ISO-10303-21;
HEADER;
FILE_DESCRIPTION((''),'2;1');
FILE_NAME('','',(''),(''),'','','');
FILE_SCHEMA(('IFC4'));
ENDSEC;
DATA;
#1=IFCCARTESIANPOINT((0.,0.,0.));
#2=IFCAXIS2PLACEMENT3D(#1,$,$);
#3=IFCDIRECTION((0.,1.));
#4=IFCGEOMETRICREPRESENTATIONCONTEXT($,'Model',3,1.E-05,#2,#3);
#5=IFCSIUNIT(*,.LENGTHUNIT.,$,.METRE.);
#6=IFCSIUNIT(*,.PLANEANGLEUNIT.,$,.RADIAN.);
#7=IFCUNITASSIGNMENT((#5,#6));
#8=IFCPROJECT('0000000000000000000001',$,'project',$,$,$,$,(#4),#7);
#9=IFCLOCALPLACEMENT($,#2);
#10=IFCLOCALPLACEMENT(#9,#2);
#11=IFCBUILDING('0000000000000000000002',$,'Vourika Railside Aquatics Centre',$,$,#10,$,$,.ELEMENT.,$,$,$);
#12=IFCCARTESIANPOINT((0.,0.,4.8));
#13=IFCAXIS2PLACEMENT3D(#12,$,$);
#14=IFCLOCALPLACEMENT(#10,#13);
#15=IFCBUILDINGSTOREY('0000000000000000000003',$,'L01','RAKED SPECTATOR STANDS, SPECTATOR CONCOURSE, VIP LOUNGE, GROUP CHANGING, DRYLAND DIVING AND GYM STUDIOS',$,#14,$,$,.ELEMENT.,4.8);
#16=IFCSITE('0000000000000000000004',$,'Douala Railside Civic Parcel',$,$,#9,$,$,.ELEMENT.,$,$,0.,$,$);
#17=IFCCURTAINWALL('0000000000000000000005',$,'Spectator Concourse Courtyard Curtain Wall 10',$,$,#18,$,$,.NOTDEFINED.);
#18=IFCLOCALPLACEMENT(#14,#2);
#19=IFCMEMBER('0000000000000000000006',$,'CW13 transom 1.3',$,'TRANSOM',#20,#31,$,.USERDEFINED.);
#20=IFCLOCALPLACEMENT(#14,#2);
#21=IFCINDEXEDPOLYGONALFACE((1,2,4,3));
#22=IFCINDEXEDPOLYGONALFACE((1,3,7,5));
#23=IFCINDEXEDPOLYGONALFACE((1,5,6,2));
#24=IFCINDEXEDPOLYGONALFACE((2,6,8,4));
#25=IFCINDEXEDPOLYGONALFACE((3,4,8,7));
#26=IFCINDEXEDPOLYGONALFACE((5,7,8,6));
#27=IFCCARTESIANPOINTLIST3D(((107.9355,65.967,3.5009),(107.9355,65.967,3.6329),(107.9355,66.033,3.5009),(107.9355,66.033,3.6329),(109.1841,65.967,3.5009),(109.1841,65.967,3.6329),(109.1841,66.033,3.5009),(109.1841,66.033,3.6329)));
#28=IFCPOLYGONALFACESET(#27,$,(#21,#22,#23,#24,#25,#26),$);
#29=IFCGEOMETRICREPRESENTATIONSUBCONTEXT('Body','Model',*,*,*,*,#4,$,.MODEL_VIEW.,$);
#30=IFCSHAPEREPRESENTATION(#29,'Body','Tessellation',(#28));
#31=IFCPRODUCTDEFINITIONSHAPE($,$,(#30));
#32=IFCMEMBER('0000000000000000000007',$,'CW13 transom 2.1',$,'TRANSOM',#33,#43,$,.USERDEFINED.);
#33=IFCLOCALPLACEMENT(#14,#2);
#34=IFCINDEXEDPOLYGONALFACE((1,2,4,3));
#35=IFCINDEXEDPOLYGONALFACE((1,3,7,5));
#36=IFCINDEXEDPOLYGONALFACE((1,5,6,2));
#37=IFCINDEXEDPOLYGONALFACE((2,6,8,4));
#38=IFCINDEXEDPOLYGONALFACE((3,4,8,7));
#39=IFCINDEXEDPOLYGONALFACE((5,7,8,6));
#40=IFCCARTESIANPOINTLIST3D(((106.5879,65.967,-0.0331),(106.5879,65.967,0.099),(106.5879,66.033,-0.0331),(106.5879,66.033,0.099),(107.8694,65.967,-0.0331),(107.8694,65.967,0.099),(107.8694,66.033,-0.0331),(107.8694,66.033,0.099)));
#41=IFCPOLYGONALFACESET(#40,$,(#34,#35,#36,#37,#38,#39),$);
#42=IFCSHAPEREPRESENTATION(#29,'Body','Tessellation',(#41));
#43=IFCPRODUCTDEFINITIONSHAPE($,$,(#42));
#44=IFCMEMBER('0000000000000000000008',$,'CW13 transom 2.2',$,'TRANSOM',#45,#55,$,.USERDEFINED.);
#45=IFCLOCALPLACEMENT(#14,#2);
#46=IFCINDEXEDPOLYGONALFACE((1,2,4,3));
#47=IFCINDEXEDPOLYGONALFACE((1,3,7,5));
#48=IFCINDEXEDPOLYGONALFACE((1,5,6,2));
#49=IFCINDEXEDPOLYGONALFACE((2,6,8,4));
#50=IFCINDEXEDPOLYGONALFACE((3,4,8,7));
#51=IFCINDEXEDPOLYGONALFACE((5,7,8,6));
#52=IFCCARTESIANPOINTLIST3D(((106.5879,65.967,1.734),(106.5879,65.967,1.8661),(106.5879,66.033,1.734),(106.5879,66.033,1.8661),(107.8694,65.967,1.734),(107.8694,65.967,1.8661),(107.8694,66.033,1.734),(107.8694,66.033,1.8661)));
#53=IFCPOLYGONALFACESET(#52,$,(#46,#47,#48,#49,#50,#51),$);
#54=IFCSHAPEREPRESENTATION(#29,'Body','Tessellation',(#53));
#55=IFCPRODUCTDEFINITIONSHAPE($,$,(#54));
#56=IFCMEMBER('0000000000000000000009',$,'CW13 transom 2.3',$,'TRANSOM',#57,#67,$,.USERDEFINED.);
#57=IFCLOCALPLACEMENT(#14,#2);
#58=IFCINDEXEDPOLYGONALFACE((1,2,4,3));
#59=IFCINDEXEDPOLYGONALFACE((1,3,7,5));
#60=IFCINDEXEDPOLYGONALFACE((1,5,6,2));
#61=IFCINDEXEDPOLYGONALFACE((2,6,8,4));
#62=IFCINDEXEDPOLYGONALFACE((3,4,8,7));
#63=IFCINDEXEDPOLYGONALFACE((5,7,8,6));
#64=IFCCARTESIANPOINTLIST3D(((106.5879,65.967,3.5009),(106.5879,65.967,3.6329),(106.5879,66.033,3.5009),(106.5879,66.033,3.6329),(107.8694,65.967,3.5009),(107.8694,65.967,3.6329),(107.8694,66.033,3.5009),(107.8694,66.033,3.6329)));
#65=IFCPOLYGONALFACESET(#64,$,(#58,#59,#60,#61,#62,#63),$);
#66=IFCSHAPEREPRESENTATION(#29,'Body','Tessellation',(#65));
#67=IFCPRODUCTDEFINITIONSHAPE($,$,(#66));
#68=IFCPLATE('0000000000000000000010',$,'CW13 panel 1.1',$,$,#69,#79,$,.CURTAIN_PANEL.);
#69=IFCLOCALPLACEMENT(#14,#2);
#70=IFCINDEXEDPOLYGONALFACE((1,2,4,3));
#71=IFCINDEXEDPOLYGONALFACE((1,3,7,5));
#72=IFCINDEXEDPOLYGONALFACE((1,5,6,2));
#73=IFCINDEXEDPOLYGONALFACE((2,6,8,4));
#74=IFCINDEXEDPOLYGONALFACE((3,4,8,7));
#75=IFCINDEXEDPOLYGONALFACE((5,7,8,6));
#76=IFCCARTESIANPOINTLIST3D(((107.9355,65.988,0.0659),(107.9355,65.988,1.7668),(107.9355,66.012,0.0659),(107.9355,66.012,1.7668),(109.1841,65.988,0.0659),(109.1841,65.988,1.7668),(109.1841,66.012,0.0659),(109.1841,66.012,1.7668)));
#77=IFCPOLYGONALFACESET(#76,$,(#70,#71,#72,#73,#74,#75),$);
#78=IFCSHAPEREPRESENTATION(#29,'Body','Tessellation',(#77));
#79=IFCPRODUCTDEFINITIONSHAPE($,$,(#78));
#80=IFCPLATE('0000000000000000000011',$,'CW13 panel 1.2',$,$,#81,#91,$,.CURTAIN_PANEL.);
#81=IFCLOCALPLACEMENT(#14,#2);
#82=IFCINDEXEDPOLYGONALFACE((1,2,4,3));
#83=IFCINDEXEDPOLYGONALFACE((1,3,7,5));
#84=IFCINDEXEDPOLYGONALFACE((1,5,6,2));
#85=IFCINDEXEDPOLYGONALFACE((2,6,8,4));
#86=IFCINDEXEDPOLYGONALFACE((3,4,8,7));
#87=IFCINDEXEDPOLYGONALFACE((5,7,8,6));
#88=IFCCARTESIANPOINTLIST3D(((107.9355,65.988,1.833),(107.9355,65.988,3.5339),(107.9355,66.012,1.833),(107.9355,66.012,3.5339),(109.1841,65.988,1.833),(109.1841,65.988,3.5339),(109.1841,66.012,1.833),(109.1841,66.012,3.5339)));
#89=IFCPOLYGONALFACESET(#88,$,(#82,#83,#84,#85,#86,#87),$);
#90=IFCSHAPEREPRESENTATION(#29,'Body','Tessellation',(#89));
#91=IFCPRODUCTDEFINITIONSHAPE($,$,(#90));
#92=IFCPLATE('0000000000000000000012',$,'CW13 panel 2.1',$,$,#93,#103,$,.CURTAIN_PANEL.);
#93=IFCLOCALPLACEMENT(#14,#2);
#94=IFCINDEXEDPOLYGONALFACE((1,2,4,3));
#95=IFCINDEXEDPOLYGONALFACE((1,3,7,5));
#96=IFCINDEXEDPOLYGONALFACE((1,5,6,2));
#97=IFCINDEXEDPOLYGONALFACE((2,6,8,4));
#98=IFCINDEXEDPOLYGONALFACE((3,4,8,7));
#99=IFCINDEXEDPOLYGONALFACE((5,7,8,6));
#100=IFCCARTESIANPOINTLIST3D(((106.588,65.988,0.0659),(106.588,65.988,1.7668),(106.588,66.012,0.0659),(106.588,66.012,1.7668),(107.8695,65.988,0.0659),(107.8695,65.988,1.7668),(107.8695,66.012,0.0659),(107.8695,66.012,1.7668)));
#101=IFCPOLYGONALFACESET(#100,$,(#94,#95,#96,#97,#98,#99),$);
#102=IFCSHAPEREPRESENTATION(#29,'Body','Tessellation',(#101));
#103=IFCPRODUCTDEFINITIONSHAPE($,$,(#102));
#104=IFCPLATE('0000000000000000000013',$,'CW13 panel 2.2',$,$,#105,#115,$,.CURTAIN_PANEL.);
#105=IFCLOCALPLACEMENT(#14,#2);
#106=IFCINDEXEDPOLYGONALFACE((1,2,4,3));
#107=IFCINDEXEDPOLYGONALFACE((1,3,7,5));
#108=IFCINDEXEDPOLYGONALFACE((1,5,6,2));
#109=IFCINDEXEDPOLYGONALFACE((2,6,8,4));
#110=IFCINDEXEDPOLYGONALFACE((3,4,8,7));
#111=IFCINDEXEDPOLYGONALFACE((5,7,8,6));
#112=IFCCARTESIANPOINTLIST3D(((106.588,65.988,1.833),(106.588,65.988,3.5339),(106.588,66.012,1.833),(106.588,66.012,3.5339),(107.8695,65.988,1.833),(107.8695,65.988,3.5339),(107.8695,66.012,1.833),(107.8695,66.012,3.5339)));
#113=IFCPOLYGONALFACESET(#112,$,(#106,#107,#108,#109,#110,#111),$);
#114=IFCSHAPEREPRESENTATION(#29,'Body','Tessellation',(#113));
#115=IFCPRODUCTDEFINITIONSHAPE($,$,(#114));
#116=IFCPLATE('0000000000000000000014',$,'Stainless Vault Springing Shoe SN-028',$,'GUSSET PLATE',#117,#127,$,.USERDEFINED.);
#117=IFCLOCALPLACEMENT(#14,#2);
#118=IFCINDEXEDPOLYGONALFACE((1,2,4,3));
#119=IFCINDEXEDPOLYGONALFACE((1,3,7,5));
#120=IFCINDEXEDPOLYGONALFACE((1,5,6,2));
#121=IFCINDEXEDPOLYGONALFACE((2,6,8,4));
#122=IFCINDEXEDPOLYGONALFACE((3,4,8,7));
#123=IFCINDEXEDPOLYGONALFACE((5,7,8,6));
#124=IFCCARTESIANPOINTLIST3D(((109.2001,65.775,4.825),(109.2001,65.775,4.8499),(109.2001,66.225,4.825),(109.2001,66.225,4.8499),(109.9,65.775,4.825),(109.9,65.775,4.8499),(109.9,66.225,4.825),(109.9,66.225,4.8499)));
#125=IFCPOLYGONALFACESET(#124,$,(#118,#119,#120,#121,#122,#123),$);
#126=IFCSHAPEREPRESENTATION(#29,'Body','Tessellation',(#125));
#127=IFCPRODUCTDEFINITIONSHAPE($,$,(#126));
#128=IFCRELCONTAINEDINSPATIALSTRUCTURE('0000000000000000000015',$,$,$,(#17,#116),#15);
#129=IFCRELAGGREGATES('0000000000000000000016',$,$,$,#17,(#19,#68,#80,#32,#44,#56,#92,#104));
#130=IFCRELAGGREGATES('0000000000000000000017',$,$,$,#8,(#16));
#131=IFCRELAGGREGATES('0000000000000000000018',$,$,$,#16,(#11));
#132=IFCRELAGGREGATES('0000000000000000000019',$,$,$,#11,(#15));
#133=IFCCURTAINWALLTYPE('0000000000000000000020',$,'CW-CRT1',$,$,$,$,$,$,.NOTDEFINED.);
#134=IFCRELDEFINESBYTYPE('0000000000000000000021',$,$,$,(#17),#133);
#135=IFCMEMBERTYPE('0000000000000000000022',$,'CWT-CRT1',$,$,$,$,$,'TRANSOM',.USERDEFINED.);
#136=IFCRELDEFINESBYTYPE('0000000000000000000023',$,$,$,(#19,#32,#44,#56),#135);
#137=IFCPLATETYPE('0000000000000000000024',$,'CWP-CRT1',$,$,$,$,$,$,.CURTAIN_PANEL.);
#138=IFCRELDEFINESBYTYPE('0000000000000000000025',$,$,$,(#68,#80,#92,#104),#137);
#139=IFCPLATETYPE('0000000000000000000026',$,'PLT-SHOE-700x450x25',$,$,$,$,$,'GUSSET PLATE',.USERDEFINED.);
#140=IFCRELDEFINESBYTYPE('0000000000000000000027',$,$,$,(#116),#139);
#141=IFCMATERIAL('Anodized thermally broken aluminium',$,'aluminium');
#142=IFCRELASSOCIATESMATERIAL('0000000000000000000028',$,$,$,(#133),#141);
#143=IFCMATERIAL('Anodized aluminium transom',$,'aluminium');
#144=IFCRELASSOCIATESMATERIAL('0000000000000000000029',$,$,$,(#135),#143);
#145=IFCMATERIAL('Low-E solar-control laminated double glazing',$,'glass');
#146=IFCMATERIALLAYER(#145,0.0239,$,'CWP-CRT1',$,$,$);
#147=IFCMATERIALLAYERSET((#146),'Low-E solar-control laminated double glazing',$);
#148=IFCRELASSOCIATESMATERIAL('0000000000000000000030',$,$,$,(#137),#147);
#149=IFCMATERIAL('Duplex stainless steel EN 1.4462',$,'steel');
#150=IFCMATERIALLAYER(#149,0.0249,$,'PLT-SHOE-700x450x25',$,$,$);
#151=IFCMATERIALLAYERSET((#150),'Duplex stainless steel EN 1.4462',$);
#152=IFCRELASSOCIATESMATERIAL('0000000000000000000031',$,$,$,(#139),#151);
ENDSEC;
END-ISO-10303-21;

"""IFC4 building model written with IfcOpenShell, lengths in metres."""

from ifc_helpers import new_model, si_unit, direction, frame, origin, origin_2d, place, context, subcontext, project, spatial, rectangle, extrude, material, layer, layer_set, material_profile, profile_set, type_object, element, aggregate, save


model = new_model("IFC4")

# Units and contexts
model_context = context("Model", 3, precision=1e-05, world=origin(), true_north=direction((0.0, 1.0)))
body_context = subcontext(model_context, "Body", "Model", "MODEL_VIEW")
ifc_project = project(units=[si_unit("LENGTHUNIT", "METRE"), si_unit("PLANEANGLEUNIT", "RADIAN")], contexts=[model_context])

# Site, building, storey
site_placement = place(None, origin())
site = spatial("IfcSite", under=ifc_project, at=site_placement, Name="Douala Railside Civic Parcel", CompositionType="ELEMENT", RefElevation=0.0)
building_placement = place(site_placement, origin())
building = spatial("IfcBuilding", under=site, at=building_placement, Name="Vourika Railside Aquatics Centre", CompositionType="ELEMENT")
storey_placement = place(building_placement, frame((0.0, 0.0, 4.8)))
storey = spatial("IfcBuildingStorey", under=building, at=storey_placement, Name="L01", Description="RAKED SPECTATOR STANDS, SPECTATOR CONCOURSE, VIP LOUNGE, GROUP CHANGING, DRYLAND DIVING AND GYM STUDIOS", CompositionType="ELEMENT", Elevation=4.8)

# Curtain wall, members, plates
ifc_material_1 = material(Name="Anodized thermally broken aluminium", Category="aluminium")
curtain_wall_type = type_object("IfcCurtainWallType", Name="CW-CRT1", PredefinedType="NOTDEFINED", material=ifc_material_1)
curtain_wall_placement = place(storey_placement, origin())
curtain_wall = element("IfcCurtainWall", 1, at=curtain_wall_placement, inside=storey, type_object=curtain_wall_type, Name="Spectator Concourse Courtyard Curtain Wall 10", PredefinedType="NOTDEFINED")
ifc_material_2 = material(Name="Anodized aluminium transom", Category="aluminium")
ifc_material_profile_1 = material_profile(ifc_material_2, rectangle(XDim=0.0659, YDim=0.1321, at=origin_2d()), Name="ALU-T 66x132")
ifc_profile_set_1 = profile_set([ifc_material_profile_1], Name="Anodized aluminium transom")
member_type_1 = type_object("IfcMemberType", Name="CWT-CRT1", ElementType="TRANSOM", PredefinedType="USERDEFINED", material=ifc_profile_set_1)
member_1_placement = place(storey_placement, frame((109.1841, 66.0, 3.5669), z_axis=(-1.0, 0.0, 0.0), x_axis=(0.0, -1.0, 0.0)))
member_1 = element("IfcMember", 2, at=member_1_placement, type_object=member_type_1, Name="CW13 transom 1.3", ObjectType="TRANSOM", PredefinedType="USERDEFINED", context=body_context, shape_type="SweptSolid", body=[
    extrude(rectangle(XDim=0.0659, YDim=0.1321, at=origin_2d()), origin(), (0.0, 0.0, 1.0), 1.2485),
])
member_2_placement = place(storey_placement, frame((107.8694, 66.0, 0.033), z_axis=(-1.0, 0.0, 0.0), x_axis=(0.0, -1.0, 0.0)))
member_2 = element("IfcMember", 3, at=member_2_placement, type_object=member_type_1, Name="CW13 transom 2.1", ObjectType="TRANSOM", PredefinedType="USERDEFINED", context=body_context, shape_type="SweptSolid", body=[
    extrude(rectangle(XDim=0.0659, YDim=0.1321, at=origin_2d()), origin(), (0.0, 0.0, 1.0), 1.2815),
])
member_3_placement = place(storey_placement, frame((107.8694, 66.0, 1.8), z_axis=(-1.0, 0.0, 0.0), x_axis=(0.0, -1.0, 0.0)))
member_3 = element("IfcMember", 4, at=member_3_placement, type_object=member_type_1, Name="CW13 transom 2.2", ObjectType="TRANSOM", PredefinedType="USERDEFINED", context=body_context, shape_type="SweptSolid", body=[
    extrude(rectangle(XDim=0.0659, YDim=0.1321, at=origin_2d()), origin(), (0.0, 0.0, 1.0), 1.2815),
])
member_4_placement = place(storey_placement, frame((107.8694, 66.0, 3.5669), z_axis=(-1.0, 0.0, 0.0), x_axis=(0.0, -1.0, 0.0)))
member_4 = element("IfcMember", 5, at=member_4_placement, type_object=member_type_1, Name="CW13 transom 2.3", ObjectType="TRANSOM", PredefinedType="USERDEFINED", context=body_context, shape_type="SweptSolid", body=[
    extrude(rectangle(XDim=0.0659, YDim=0.1321, at=origin_2d()), origin(), (0.0, 0.0, 1.0), 1.2815),
])
ifc_material_3 = material(Name="Low-E solar-control laminated double glazing", Category="glass")
ifc_layer_1 = layer(ifc_material_3, 0.0239, Name="CWP-CRT1")
ifc_layer_set_1 = layer_set([ifc_layer_1], Name="Low-E solar-control laminated double glazing")
plate_type_1 = type_object("IfcPlateType", Name="CWP-CRT1", PredefinedType="CURTAIN_PANEL", material=ifc_layer_set_1)
plate_1_placement = place(storey_placement, frame((108.5598, 66.0, 0.0659), z_axis=(0.0, 0.0, 1.0), x_axis=(-1.0, 0.0, 0.0)))
plate_1 = element("IfcPlate", 6, at=plate_1_placement, type_object=plate_type_1, Name="CW13 panel 1.1", PredefinedType="CURTAIN_PANEL", context=body_context, shape_type="SweptSolid", body=[
    extrude(rectangle(XDim=1.2485, YDim=0.0239, at=origin_2d()), origin(), (0.0, 0.0, 1.0), 1.7009),
])
plate_2_placement = place(storey_placement, frame((108.5598, 66.0, 1.833), z_axis=(0.0, 0.0, 1.0), x_axis=(-1.0, 0.0, 0.0)))
plate_2 = element("IfcPlate", 7, at=plate_2_placement, type_object=plate_type_1, Name="CW13 panel 1.2", PredefinedType="CURTAIN_PANEL", context=body_context, shape_type="SweptSolid", body=[
    extrude(rectangle(XDim=1.2485, YDim=0.0239, at=origin_2d()), origin(), (0.0, 0.0, 1.0), 1.7009),
])
plate_3_placement = place(storey_placement, frame((107.2288, 66.0, 0.0659), z_axis=(0.0, 0.0, 1.0), x_axis=(-1.0, 0.0, 0.0)))
plate_3 = element("IfcPlate", 8, at=plate_3_placement, type_object=plate_type_1, Name="CW13 panel 2.1", PredefinedType="CURTAIN_PANEL", context=body_context, shape_type="SweptSolid", body=[
    extrude(rectangle(XDim=1.2815, YDim=0.0239, at=origin_2d()), origin(), (0.0, 0.0, 1.0), 1.7009),
])
plate_4_placement = place(storey_placement, frame((107.2288, 66.0, 1.833), z_axis=(0.0, 0.0, 1.0), x_axis=(-1.0, 0.0, 0.0)))
plate_4 = element("IfcPlate", 9, at=plate_4_placement, type_object=plate_type_1, Name="CW13 panel 2.2", PredefinedType="CURTAIN_PANEL", context=body_context, shape_type="SweptSolid", body=[
    extrude(rectangle(XDim=1.2815, YDim=0.0239, at=origin_2d()), origin(), (0.0, 0.0, 1.0), 1.7009),
])
aggregate(curtain_wall, [member_1, plate_1, plate_2, member_2, member_3, member_4, plate_3, plate_4])

# Plate
ifc_material_4 = material(Name="Duplex stainless steel EN 1.4462", Category="steel")
ifc_layer_2 = layer(ifc_material_4, 0.0249, Name="PLT-SHOE-700x450x25")
ifc_layer_set_2 = layer_set([ifc_layer_2], Name="Duplex stainless steel EN 1.4462")
plate_type_2 = type_object("IfcPlateType", Name="PLT-SHOE-700x450x25", ElementType="GUSSET PLATE", PredefinedType="USERDEFINED", material=ifc_layer_set_2)
plate_5_placement = place(storey_placement, frame((109.55, 66.0, 4.825), z_axis=(0.0, 0.0, 1.0), x_axis=(1.0, 0.0, 0.0)))
element("IfcPlate", 10, at=plate_5_placement, inside=storey, type_object=plate_type_2, Name="Stainless Vault Springing Shoe SN-028", ObjectType="GUSSET PLATE", PredefinedType="USERDEFINED", context=body_context, shape_type="SweptSolid", body=[
    extrude(rectangle(XDim=0.7, YDim=0.45, at=origin_2d()), origin(), (0.0, 0.0, 1.0), 0.0249),
])

save(model, "model.ifc")
